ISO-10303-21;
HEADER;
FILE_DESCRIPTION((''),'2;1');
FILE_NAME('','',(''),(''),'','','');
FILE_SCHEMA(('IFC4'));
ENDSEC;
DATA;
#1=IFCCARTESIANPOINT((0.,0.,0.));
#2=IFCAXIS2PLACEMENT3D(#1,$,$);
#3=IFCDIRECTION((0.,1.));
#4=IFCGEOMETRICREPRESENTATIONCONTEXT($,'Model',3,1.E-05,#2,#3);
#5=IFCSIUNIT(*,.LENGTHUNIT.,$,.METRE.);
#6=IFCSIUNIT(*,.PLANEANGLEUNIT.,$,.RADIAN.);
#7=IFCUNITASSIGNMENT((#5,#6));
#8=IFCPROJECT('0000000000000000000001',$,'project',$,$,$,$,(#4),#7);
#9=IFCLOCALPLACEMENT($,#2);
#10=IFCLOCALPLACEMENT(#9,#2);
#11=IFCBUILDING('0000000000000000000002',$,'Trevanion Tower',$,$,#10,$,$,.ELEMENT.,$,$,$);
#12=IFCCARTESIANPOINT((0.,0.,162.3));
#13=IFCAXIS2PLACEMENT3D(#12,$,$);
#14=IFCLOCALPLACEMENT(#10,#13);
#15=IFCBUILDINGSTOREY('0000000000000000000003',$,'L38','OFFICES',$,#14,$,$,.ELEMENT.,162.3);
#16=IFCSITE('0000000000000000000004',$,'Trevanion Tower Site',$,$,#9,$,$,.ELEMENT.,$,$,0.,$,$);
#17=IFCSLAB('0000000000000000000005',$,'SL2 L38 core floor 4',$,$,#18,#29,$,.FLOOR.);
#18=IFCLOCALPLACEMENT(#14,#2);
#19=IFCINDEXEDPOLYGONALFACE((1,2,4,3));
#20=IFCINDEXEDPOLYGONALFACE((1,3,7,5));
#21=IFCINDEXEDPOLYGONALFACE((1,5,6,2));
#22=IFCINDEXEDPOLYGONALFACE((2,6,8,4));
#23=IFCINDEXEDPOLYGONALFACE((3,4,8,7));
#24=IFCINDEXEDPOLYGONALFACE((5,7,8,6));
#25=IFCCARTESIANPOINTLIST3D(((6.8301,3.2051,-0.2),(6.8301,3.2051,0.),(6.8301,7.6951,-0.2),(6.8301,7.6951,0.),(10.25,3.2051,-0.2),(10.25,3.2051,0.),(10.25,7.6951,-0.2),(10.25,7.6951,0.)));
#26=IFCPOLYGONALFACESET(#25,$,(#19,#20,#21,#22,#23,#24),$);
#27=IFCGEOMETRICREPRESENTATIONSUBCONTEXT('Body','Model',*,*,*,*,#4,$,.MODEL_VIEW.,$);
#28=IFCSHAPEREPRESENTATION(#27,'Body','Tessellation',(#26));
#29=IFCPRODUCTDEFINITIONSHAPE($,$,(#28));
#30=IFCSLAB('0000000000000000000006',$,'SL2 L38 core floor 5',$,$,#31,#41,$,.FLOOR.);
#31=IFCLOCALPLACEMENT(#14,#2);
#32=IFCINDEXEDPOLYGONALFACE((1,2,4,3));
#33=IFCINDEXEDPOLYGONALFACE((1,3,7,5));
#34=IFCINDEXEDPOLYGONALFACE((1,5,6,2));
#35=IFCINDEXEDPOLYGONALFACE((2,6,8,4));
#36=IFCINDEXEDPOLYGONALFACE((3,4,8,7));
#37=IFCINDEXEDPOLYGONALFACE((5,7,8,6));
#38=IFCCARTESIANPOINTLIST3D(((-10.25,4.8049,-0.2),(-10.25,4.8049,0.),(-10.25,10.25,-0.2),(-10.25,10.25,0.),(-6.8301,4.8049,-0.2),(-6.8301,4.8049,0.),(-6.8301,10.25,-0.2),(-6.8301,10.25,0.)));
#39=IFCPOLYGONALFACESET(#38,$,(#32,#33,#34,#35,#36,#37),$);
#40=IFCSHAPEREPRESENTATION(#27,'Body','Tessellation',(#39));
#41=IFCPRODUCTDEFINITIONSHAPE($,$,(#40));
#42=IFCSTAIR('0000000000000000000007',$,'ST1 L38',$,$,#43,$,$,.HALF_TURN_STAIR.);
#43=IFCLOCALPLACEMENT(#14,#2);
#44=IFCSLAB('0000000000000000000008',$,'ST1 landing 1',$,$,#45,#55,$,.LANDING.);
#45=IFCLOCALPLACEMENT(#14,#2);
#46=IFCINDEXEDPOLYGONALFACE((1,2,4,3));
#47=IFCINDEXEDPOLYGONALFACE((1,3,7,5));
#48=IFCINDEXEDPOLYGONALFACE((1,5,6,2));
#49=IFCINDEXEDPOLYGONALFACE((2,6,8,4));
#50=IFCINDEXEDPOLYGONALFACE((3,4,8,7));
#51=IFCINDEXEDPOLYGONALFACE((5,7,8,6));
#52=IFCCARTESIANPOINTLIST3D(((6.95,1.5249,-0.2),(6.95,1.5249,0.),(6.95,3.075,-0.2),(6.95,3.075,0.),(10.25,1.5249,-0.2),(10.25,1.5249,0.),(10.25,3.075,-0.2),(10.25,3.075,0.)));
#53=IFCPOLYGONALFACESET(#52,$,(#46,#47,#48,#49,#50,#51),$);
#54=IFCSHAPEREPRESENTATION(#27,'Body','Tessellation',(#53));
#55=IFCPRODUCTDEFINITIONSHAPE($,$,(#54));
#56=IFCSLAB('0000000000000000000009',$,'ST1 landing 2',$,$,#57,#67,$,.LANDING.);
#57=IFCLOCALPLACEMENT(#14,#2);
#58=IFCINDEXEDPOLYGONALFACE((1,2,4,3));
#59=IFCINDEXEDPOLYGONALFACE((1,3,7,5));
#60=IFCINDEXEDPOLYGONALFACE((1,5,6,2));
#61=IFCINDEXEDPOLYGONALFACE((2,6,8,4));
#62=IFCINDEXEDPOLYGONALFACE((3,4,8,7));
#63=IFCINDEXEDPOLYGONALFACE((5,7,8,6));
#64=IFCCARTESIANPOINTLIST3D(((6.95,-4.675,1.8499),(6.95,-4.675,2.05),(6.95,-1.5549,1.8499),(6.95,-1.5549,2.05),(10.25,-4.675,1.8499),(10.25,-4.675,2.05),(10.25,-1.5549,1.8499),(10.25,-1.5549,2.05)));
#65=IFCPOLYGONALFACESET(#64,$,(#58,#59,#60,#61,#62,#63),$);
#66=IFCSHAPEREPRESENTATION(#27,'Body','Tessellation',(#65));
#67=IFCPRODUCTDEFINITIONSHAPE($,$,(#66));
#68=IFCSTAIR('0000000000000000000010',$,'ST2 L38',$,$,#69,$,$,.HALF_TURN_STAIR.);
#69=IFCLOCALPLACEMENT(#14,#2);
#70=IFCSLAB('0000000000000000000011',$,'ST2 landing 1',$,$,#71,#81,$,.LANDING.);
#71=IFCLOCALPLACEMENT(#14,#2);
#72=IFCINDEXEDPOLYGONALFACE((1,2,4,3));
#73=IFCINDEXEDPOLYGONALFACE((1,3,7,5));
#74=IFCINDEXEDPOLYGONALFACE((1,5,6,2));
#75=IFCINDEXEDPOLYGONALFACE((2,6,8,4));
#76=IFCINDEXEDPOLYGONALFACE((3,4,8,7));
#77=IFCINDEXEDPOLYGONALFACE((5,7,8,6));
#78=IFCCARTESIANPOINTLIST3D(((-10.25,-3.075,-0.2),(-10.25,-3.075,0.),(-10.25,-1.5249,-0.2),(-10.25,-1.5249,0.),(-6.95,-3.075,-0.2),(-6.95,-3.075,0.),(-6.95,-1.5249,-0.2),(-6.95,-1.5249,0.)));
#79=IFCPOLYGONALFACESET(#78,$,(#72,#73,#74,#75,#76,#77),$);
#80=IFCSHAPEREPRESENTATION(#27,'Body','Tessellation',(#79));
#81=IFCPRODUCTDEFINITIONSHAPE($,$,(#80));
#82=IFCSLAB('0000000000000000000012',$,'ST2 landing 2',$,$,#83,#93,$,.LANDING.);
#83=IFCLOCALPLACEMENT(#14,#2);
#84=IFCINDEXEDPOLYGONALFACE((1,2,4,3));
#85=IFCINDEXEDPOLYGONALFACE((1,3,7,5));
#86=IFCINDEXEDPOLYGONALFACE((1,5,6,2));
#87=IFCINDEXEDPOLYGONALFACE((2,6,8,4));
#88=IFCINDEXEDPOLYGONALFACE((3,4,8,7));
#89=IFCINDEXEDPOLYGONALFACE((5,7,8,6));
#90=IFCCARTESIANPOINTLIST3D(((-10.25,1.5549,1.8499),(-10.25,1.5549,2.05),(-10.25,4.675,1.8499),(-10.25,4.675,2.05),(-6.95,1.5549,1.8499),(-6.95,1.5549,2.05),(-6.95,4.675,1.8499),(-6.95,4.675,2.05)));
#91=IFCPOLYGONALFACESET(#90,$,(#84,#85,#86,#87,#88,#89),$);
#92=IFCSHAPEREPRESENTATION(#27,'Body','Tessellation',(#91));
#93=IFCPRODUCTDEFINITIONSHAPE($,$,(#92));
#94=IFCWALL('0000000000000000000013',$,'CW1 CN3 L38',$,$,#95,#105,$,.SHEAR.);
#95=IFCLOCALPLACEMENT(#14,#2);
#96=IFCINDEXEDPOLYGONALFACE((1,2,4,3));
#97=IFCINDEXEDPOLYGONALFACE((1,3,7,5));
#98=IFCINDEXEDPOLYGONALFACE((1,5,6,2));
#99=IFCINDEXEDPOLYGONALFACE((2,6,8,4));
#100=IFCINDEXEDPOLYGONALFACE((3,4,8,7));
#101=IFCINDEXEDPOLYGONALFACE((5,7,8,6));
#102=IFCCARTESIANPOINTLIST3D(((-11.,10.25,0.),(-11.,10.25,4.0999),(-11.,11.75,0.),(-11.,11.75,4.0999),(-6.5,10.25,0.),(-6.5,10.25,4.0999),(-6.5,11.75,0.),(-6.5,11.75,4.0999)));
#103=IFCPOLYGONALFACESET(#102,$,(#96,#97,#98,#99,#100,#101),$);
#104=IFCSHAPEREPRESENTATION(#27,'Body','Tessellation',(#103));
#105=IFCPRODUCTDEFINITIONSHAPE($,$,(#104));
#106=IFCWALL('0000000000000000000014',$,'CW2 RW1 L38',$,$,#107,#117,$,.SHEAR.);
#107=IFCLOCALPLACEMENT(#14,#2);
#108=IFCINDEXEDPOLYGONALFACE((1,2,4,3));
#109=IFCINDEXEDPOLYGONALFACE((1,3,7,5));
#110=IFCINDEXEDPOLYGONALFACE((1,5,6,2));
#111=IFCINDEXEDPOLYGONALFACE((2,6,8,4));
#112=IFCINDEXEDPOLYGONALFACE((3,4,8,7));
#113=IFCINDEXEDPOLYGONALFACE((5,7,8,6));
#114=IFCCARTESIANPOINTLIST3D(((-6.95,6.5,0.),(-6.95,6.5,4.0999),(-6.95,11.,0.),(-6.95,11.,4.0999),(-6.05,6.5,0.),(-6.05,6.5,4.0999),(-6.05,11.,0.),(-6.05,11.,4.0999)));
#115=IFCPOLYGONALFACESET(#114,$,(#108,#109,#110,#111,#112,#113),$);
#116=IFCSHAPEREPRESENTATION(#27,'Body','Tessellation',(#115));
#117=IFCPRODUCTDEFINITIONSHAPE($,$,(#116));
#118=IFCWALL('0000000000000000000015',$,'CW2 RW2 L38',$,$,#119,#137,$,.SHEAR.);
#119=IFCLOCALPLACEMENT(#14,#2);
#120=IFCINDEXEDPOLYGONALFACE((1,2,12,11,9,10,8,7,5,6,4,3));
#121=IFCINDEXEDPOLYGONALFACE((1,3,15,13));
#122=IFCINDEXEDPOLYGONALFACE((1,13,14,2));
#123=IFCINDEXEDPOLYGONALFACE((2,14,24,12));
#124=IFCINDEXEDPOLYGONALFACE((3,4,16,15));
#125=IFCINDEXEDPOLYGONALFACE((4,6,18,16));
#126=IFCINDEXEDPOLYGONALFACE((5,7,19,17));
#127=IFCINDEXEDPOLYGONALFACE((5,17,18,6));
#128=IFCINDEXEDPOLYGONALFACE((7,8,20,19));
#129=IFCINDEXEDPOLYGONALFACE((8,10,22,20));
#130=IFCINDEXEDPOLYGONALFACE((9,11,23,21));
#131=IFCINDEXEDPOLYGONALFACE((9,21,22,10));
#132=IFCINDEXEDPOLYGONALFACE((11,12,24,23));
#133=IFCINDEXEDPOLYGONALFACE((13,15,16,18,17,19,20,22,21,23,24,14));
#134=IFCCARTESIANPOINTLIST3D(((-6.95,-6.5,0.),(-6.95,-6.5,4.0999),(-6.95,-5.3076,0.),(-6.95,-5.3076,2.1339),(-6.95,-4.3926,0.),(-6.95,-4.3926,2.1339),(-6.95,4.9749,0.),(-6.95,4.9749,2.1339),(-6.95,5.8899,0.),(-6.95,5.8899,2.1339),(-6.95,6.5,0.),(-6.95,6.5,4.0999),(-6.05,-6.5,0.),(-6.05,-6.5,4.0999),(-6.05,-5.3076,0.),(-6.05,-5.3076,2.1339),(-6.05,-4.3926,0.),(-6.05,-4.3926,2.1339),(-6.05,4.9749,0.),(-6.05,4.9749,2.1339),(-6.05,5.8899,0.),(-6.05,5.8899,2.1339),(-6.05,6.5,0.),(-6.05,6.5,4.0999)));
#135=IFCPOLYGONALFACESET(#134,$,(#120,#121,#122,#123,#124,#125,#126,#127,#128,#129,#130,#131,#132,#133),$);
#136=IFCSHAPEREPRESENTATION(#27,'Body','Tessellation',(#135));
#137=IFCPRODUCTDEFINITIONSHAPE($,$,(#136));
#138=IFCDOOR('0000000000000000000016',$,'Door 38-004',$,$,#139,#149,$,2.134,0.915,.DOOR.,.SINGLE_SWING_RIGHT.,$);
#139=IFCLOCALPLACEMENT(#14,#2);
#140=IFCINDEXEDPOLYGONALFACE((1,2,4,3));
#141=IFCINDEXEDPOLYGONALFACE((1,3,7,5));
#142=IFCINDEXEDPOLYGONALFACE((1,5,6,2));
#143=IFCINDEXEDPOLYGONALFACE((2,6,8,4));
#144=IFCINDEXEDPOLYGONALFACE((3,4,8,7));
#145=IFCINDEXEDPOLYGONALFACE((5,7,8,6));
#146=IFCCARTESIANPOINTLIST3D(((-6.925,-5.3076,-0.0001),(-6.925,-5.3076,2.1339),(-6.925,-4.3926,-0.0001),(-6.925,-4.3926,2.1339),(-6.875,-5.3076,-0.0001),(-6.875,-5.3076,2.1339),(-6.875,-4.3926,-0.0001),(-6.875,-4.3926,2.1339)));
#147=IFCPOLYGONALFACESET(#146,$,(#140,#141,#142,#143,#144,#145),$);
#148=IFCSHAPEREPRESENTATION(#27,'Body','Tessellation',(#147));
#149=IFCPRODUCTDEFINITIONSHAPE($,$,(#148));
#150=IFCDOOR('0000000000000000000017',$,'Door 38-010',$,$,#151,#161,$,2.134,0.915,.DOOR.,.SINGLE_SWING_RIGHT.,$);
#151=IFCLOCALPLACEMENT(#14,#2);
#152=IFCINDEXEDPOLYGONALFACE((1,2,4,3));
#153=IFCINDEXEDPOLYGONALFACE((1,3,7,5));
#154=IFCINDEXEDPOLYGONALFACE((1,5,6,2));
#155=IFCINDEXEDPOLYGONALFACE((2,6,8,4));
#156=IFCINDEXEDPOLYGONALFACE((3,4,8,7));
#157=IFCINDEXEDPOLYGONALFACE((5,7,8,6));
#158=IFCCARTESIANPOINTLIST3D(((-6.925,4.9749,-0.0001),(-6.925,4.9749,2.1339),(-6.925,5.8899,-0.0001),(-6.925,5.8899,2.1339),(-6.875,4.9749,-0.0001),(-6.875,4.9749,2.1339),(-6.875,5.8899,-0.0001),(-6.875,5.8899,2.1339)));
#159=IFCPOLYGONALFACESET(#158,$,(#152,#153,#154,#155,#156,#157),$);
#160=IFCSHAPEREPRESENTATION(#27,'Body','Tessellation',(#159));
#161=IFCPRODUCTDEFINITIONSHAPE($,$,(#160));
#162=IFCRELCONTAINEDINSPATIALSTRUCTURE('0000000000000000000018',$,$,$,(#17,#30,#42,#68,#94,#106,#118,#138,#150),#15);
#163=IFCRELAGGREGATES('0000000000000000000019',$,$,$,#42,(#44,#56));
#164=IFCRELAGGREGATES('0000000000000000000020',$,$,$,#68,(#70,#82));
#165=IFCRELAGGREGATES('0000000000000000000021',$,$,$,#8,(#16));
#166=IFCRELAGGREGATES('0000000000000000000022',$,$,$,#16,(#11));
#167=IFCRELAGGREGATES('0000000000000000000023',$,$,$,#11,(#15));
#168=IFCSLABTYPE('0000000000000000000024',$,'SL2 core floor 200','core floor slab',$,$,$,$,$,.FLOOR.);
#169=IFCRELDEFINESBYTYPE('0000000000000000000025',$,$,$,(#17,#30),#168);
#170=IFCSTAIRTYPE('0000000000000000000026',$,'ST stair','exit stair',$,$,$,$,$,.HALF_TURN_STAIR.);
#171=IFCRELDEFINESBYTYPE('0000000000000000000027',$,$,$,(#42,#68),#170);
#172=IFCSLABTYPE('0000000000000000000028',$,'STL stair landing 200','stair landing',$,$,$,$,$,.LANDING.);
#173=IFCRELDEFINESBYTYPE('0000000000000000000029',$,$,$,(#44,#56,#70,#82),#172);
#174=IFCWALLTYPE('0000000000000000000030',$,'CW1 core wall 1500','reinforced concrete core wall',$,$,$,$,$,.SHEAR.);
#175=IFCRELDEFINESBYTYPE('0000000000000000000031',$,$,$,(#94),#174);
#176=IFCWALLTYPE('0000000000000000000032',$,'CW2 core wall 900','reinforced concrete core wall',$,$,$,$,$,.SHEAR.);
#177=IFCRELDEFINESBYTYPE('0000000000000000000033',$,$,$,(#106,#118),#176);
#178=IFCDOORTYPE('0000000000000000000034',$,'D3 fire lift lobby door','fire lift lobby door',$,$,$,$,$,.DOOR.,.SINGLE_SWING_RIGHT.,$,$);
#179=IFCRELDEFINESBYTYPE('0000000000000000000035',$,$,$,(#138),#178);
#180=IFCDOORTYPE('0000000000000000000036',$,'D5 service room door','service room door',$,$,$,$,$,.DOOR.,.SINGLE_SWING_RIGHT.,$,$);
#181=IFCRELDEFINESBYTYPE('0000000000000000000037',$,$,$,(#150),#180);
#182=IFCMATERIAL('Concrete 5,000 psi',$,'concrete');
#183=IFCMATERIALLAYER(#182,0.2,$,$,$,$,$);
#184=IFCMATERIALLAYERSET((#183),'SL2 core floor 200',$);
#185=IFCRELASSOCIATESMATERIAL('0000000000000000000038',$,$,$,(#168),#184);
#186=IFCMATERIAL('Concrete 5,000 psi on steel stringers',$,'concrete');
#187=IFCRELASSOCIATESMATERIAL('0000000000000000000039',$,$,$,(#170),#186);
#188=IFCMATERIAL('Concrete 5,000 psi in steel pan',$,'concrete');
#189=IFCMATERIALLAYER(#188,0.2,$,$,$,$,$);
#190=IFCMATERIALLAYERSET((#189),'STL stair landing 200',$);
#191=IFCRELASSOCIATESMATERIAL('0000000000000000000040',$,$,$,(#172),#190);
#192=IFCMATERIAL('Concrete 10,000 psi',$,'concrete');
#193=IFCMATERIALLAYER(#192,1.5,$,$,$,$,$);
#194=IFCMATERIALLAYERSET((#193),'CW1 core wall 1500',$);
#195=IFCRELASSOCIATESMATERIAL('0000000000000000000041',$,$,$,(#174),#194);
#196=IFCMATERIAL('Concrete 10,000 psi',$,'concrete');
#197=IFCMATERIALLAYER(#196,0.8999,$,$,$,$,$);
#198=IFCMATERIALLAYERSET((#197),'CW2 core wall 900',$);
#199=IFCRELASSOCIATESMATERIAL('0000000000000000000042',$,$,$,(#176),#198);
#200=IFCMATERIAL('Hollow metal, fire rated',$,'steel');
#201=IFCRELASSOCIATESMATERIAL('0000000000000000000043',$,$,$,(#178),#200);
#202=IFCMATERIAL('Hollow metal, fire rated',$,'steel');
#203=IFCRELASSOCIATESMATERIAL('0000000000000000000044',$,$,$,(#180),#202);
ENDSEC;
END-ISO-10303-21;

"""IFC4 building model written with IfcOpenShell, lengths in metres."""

from ifc_helpers import new_model, si_unit, direction, frame, frame_2d, origin, place, context, subcontext, project, spatial, polyline, rectangle, outline, extrude, material, layer, layer_set, type_object, element, fill, aggregate, save


model = new_model("IFC4")

# Units and contexts
model_context = context("Model", 3, precision=1e-05, world=origin(), true_north=direction((0.0, 1.0)))
body_context = subcontext(model_context, "Body", "Model", "MODEL_VIEW")
ifc_project = project(units=[si_unit("LENGTHUNIT", "METRE"), si_unit("PLANEANGLEUNIT", "RADIAN")], contexts=[model_context])

# Site, building, storey
site_placement = place(None, origin())
site = spatial("IfcSite", under=ifc_project, at=site_placement, Name="Trevanion Tower Site", CompositionType="ELEMENT", RefElevation=0.0)
building_placement = place(site_placement, origin())
building = spatial("IfcBuilding", under=site, at=building_placement, Name="Trevanion Tower", CompositionType="ELEMENT")
storey_placement = place(building_placement, frame((0.0, 0.0, 162.3)))
storey = spatial("IfcBuildingStorey", under=building, at=storey_placement, Name="L38", Description="OFFICES", CompositionType="ELEMENT", Elevation=162.3)

# Slabs
ifc_material_1 = material(Name="Concrete 5,000 psi", Category="concrete")
ifc_layer_1 = layer(ifc_material_1, 0.2)
ifc_layer_set_1 = layer_set([ifc_layer_1], Name="SL2 core floor 200")
slab_type_1 = type_object("IfcSlabType", Name="SL2 core floor 200", Description="core floor slab", PredefinedType="FLOOR", material=ifc_layer_set_1)
slab_1_placement = place(storey_placement, frame((0.0, 0.0, -0.2)))
element("IfcSlab", 1, at=slab_1_placement, inside=storey, type_object=slab_type_1, Name="SL2 L38 core floor 4", PredefinedType="FLOOR", context=body_context, shape_type="SweptSolid", body=[
    extrude(outline(polyline([(6.8301, 3.2051), (6.8301, 7.6951), (10.25, 7.6951), (10.25, 3.2051), (6.8301, 3.2051)])), origin(), (0.0, 0.0, 1.0), 0.2),
])
slab_2_placement = place(storey_placement, frame((0.0, 0.0, -0.2)))
element("IfcSlab", 2, at=slab_2_placement, inside=storey, type_object=slab_type_1, Name="SL2 L38 core floor 5", PredefinedType="FLOOR", context=body_context, shape_type="SweptSolid", body=[
    extrude(outline(polyline([(-6.8301, 4.8049), (-10.25, 4.8049), (-10.25, 10.25), (-6.8301, 10.25), (-6.8301, 4.8049)])), origin(), (0.0, 0.0, 1.0), 0.2),
])

# Stairs, slabs
ifc_material_2 = material(Name="Concrete 5,000 psi on steel stringers", Category="concrete")
stair_type = type_object("IfcStairType", Name="ST stair", Description="exit stair", PredefinedType="HALF_TURN_STAIR", material=ifc_material_2)
stair_1_placement = place(storey_placement, origin())
stair_1 = element("IfcStair", 3, at=stair_1_placement, inside=storey, type_object=stair_type, Name="ST1 L38", PredefinedType="HALF_TURN_STAIR")
ifc_material_3 = material(Name="Concrete 5,000 psi in steel pan", Category="concrete")
ifc_layer_2 = layer(ifc_material_3, 0.2)
ifc_layer_set_2 = layer_set([ifc_layer_2], Name="STL stair landing 200")
slab_type_2 = type_object("IfcSlabType", Name="STL stair landing 200", Description="stair landing", PredefinedType="LANDING", material=ifc_layer_set_2)
slab_3_placement = place(storey_placement, frame((0.0, 0.0, -0.2)))
slab_3 = element("IfcSlab", 4, at=slab_3_placement, type_object=slab_type_2, Name="ST1 landing 1", PredefinedType="LANDING", context=body_context, shape_type="SweptSolid", body=[
    extrude(outline(polyline([(6.95, 1.5249), (10.25, 1.5249), (10.25, 3.075), (6.95, 3.075), (6.95, 1.5249)])), origin(), (0.0, 0.0, 1.0), 0.2),
])
slab_4_placement = place(storey_placement, frame((0.0, 0.0, 1.8499)))
slab_4 = element("IfcSlab", 5, at=slab_4_placement, type_object=slab_type_2, Name="ST1 landing 2", PredefinedType="LANDING", context=body_context, shape_type="SweptSolid", body=[
    extrude(outline(polyline([(6.95, -4.675), (10.25, -4.675), (10.25, -1.5549), (6.95, -1.5549), (6.95, -4.675)])), origin(), (0.0, 0.0, 1.0), 0.2002),
])
aggregate(stair_1, [slab_3, slab_4])
stair_2_placement = place(storey_placement, origin())
stair_2 = element("IfcStair", 6, at=stair_2_placement, inside=storey, type_object=stair_type, Name="ST2 L38", PredefinedType="HALF_TURN_STAIR")
slab_5_placement = place(storey_placement, frame((0.0, 0.0, -0.2)))
slab_5 = element("IfcSlab", 7, at=slab_5_placement, type_object=slab_type_2, Name="ST2 landing 1", PredefinedType="LANDING", context=body_context, shape_type="SweptSolid", body=[
    extrude(outline(polyline([(-6.95, -1.5249), (-10.25, -1.5249), (-10.25, -3.075), (-6.95, -3.075), (-6.95, -1.5249)])), origin(), (0.0, 0.0, 1.0), 0.2),
])
slab_6_placement = place(storey_placement, frame((0.0, 0.0, 1.8499)))
slab_6 = element("IfcSlab", 8, at=slab_6_placement, type_object=slab_type_2, Name="ST2 landing 2", PredefinedType="LANDING", context=body_context, shape_type="SweptSolid", body=[
    extrude(outline(polyline([(-6.95, 4.675), (-10.25, 4.675), (-10.25, 1.5549), (-6.95, 1.5549), (-6.95, 4.675)])), origin(), (0.0, 0.0, 1.0), 0.2002),
])

# Walls
ifc_material_4 = material(Name="Concrete 10,000 psi", Category="concrete")
ifc_layer_3 = layer(ifc_material_4, 1.5)
ifc_layer_set_3 = layer_set([ifc_layer_3], Name="CW1 core wall 1500")
wall_type_1 = type_object("IfcWallType", Name="CW1 core wall 1500", Description="reinforced concrete core wall", PredefinedType="SHEAR", material=ifc_layer_set_3)
wall_1_placement = place(storey_placement, frame((-6.5, 11.0, 0.0), z_axis=(0.0, 0.0, 1.0), x_axis=(-1.0, 0.0, 0.0)))
element("IfcWall", 9, at=wall_1_placement, inside=storey, type_object=wall_type_1, Name="CW1 CN3 L38", PredefinedType="SHEAR", context=body_context, shape_type="SweptSolid", body=[
    extrude(rectangle(XDim=4.5, YDim=1.5, at=frame_2d((2.25, 0.0))), origin(), (0.0, 0.0, 1.0), 4.0999),
])
ifc_material_5 = material(Name="Concrete 10,000 psi", Category="concrete")
ifc_layer_4 = layer(ifc_material_5, 0.8999)
ifc_layer_set_4 = layer_set([ifc_layer_4], Name="CW2 core wall 900")
wall_type_2 = type_object("IfcWallType", Name="CW2 core wall 900", Description="reinforced concrete core wall", PredefinedType="SHEAR", material=ifc_layer_set_4)
wall_2_placement = place(storey_placement, frame((-6.5, 11.0, 0.0), z_axis=(0.0, 0.0, 1.0), x_axis=(0.0, -1.0, 0.0)))
element("IfcWall", 10, at=wall_2_placement, inside=storey, type_object=wall_type_2, Name="CW2 RW1 L38", PredefinedType="SHEAR", context=body_context, shape_type="SweptSolid", body=[
    extrude(rectangle(XDim=4.5, YDim=0.8999, at=frame_2d((2.25, 0.0))), origin(), (0.0, 0.0, 1.0), 4.0999),
])

# Wall, openings, doors
wall_3_placement = place(storey_placement, frame((-6.5, 6.5, 0.0), z_axis=(0.0, 0.0, 1.0), x_axis=(0.0, -1.0, 0.0)))
wall_3 = element("IfcWall", 11, at=wall_3_placement, inside=storey, type_object=wall_type_2, Name="CW2 RW2 L38", PredefinedType="SHEAR", context=body_context, shape_type="SweptSolid", body=[
    extrude(rectangle(XDim=13.0, YDim=0.8999, at=frame_2d((6.5, 0.0))), origin(), (0.0, 0.0, 1.0), 4.0999),
])
opening_1_placement = place(wall_3_placement, frame((10.8926, 0.0, 0.0)))
opening_1 = element("IfcOpeningElement", 12, at=opening_1_placement, cuts=wall_3, PredefinedType="OPENING", context=body_context, shape_type="SweptSolid", body=[
    extrude(rectangle(XDim=0.915, YDim=2.134, at=frame_2d((0.4575, 1.0669))), frame((0.0, 0.46, 0.0), z_axis=(0.0, -1.0, 0.0), x_axis=(1.0, 0.0, 0.0)), (0.0, 0.0, 1.0), 0.9199),
])
opening_2_placement = place(wall_3_placement, frame((0.6101, 0.0, 0.0)))
opening_2 = element("IfcOpeningElement", 13, at=opening_2_placement, cuts=wall_3, PredefinedType="OPENING", context=body_context, shape_type="SweptSolid", body=[
    extrude(rectangle(XDim=0.915, YDim=2.134, at=frame_2d((0.4575, 1.0669))), frame((0.0, 0.46, 0.0), z_axis=(0.0, -1.0, 0.0), x_axis=(1.0, 0.0, 0.0)), (0.0, 0.0, 1.0), 0.9199),
])
ifc_material_6 = material(Name="Hollow metal, fire rated", Category="steel")
door_type_1 = type_object("IfcDoorType", Name="D3 fire lift lobby door", Description="fire lift lobby door", OperationType="SINGLE_SWING_RIGHT", PredefinedType="DOOR", material=ifc_material_6)
door_1_placement = place(opening_1_placement, origin())
door_1 = element("IfcDoor", 14, at=door_1_placement, inside=storey, type_object=door_type_1, Name="Door 38-004", OperationType="SINGLE_SWING_RIGHT", OverallHeight=2.134, OverallWidth=0.915, PredefinedType="DOOR", context=body_context, shape_type="SweptSolid", body=[
    extrude(rectangle(XDim=0.915, YDim=2.134, at=frame_2d((0.4575, 1.0669))), frame((0.0, -0.375, 0.0), z_axis=(0.0, -1.0, 0.0), x_axis=(1.0, 0.0, 0.0)), (0.0, 0.0, 1.0), 0.05),
])
fill(opening_1, door_1)
ifc_material_7 = material(Name="Hollow metal, fire rated", Category="steel")
door_type_2 = type_object("IfcDoorType", Name="D5 service room door", Description="service room door", OperationType="SINGLE_SWING_RIGHT", PredefinedType="DOOR", material=ifc_material_7)
door_2_placement = place(opening_2_placement, origin())
door_2 = element("IfcDoor", 15, at=door_2_placement, inside=storey, type_object=door_type_2, Name="Door 38-010", OperationType="SINGLE_SWING_RIGHT", OverallHeight=2.134, OverallWidth=0.915, PredefinedType="DOOR", context=body_context, shape_type="SweptSolid", body=[
    extrude(rectangle(XDim=0.915, YDim=2.134, at=frame_2d((0.4575, 1.0669))), frame((0.0, -0.375, 0.0), z_axis=(0.0, -1.0, 0.0), x_axis=(1.0, 0.0, 0.0)), (0.0, 0.0, 1.0), 0.05),
])
fill(opening_2, door_2)

aggregate(stair_2, [slab_5, slab_6])

save(model, "model.ifc")
